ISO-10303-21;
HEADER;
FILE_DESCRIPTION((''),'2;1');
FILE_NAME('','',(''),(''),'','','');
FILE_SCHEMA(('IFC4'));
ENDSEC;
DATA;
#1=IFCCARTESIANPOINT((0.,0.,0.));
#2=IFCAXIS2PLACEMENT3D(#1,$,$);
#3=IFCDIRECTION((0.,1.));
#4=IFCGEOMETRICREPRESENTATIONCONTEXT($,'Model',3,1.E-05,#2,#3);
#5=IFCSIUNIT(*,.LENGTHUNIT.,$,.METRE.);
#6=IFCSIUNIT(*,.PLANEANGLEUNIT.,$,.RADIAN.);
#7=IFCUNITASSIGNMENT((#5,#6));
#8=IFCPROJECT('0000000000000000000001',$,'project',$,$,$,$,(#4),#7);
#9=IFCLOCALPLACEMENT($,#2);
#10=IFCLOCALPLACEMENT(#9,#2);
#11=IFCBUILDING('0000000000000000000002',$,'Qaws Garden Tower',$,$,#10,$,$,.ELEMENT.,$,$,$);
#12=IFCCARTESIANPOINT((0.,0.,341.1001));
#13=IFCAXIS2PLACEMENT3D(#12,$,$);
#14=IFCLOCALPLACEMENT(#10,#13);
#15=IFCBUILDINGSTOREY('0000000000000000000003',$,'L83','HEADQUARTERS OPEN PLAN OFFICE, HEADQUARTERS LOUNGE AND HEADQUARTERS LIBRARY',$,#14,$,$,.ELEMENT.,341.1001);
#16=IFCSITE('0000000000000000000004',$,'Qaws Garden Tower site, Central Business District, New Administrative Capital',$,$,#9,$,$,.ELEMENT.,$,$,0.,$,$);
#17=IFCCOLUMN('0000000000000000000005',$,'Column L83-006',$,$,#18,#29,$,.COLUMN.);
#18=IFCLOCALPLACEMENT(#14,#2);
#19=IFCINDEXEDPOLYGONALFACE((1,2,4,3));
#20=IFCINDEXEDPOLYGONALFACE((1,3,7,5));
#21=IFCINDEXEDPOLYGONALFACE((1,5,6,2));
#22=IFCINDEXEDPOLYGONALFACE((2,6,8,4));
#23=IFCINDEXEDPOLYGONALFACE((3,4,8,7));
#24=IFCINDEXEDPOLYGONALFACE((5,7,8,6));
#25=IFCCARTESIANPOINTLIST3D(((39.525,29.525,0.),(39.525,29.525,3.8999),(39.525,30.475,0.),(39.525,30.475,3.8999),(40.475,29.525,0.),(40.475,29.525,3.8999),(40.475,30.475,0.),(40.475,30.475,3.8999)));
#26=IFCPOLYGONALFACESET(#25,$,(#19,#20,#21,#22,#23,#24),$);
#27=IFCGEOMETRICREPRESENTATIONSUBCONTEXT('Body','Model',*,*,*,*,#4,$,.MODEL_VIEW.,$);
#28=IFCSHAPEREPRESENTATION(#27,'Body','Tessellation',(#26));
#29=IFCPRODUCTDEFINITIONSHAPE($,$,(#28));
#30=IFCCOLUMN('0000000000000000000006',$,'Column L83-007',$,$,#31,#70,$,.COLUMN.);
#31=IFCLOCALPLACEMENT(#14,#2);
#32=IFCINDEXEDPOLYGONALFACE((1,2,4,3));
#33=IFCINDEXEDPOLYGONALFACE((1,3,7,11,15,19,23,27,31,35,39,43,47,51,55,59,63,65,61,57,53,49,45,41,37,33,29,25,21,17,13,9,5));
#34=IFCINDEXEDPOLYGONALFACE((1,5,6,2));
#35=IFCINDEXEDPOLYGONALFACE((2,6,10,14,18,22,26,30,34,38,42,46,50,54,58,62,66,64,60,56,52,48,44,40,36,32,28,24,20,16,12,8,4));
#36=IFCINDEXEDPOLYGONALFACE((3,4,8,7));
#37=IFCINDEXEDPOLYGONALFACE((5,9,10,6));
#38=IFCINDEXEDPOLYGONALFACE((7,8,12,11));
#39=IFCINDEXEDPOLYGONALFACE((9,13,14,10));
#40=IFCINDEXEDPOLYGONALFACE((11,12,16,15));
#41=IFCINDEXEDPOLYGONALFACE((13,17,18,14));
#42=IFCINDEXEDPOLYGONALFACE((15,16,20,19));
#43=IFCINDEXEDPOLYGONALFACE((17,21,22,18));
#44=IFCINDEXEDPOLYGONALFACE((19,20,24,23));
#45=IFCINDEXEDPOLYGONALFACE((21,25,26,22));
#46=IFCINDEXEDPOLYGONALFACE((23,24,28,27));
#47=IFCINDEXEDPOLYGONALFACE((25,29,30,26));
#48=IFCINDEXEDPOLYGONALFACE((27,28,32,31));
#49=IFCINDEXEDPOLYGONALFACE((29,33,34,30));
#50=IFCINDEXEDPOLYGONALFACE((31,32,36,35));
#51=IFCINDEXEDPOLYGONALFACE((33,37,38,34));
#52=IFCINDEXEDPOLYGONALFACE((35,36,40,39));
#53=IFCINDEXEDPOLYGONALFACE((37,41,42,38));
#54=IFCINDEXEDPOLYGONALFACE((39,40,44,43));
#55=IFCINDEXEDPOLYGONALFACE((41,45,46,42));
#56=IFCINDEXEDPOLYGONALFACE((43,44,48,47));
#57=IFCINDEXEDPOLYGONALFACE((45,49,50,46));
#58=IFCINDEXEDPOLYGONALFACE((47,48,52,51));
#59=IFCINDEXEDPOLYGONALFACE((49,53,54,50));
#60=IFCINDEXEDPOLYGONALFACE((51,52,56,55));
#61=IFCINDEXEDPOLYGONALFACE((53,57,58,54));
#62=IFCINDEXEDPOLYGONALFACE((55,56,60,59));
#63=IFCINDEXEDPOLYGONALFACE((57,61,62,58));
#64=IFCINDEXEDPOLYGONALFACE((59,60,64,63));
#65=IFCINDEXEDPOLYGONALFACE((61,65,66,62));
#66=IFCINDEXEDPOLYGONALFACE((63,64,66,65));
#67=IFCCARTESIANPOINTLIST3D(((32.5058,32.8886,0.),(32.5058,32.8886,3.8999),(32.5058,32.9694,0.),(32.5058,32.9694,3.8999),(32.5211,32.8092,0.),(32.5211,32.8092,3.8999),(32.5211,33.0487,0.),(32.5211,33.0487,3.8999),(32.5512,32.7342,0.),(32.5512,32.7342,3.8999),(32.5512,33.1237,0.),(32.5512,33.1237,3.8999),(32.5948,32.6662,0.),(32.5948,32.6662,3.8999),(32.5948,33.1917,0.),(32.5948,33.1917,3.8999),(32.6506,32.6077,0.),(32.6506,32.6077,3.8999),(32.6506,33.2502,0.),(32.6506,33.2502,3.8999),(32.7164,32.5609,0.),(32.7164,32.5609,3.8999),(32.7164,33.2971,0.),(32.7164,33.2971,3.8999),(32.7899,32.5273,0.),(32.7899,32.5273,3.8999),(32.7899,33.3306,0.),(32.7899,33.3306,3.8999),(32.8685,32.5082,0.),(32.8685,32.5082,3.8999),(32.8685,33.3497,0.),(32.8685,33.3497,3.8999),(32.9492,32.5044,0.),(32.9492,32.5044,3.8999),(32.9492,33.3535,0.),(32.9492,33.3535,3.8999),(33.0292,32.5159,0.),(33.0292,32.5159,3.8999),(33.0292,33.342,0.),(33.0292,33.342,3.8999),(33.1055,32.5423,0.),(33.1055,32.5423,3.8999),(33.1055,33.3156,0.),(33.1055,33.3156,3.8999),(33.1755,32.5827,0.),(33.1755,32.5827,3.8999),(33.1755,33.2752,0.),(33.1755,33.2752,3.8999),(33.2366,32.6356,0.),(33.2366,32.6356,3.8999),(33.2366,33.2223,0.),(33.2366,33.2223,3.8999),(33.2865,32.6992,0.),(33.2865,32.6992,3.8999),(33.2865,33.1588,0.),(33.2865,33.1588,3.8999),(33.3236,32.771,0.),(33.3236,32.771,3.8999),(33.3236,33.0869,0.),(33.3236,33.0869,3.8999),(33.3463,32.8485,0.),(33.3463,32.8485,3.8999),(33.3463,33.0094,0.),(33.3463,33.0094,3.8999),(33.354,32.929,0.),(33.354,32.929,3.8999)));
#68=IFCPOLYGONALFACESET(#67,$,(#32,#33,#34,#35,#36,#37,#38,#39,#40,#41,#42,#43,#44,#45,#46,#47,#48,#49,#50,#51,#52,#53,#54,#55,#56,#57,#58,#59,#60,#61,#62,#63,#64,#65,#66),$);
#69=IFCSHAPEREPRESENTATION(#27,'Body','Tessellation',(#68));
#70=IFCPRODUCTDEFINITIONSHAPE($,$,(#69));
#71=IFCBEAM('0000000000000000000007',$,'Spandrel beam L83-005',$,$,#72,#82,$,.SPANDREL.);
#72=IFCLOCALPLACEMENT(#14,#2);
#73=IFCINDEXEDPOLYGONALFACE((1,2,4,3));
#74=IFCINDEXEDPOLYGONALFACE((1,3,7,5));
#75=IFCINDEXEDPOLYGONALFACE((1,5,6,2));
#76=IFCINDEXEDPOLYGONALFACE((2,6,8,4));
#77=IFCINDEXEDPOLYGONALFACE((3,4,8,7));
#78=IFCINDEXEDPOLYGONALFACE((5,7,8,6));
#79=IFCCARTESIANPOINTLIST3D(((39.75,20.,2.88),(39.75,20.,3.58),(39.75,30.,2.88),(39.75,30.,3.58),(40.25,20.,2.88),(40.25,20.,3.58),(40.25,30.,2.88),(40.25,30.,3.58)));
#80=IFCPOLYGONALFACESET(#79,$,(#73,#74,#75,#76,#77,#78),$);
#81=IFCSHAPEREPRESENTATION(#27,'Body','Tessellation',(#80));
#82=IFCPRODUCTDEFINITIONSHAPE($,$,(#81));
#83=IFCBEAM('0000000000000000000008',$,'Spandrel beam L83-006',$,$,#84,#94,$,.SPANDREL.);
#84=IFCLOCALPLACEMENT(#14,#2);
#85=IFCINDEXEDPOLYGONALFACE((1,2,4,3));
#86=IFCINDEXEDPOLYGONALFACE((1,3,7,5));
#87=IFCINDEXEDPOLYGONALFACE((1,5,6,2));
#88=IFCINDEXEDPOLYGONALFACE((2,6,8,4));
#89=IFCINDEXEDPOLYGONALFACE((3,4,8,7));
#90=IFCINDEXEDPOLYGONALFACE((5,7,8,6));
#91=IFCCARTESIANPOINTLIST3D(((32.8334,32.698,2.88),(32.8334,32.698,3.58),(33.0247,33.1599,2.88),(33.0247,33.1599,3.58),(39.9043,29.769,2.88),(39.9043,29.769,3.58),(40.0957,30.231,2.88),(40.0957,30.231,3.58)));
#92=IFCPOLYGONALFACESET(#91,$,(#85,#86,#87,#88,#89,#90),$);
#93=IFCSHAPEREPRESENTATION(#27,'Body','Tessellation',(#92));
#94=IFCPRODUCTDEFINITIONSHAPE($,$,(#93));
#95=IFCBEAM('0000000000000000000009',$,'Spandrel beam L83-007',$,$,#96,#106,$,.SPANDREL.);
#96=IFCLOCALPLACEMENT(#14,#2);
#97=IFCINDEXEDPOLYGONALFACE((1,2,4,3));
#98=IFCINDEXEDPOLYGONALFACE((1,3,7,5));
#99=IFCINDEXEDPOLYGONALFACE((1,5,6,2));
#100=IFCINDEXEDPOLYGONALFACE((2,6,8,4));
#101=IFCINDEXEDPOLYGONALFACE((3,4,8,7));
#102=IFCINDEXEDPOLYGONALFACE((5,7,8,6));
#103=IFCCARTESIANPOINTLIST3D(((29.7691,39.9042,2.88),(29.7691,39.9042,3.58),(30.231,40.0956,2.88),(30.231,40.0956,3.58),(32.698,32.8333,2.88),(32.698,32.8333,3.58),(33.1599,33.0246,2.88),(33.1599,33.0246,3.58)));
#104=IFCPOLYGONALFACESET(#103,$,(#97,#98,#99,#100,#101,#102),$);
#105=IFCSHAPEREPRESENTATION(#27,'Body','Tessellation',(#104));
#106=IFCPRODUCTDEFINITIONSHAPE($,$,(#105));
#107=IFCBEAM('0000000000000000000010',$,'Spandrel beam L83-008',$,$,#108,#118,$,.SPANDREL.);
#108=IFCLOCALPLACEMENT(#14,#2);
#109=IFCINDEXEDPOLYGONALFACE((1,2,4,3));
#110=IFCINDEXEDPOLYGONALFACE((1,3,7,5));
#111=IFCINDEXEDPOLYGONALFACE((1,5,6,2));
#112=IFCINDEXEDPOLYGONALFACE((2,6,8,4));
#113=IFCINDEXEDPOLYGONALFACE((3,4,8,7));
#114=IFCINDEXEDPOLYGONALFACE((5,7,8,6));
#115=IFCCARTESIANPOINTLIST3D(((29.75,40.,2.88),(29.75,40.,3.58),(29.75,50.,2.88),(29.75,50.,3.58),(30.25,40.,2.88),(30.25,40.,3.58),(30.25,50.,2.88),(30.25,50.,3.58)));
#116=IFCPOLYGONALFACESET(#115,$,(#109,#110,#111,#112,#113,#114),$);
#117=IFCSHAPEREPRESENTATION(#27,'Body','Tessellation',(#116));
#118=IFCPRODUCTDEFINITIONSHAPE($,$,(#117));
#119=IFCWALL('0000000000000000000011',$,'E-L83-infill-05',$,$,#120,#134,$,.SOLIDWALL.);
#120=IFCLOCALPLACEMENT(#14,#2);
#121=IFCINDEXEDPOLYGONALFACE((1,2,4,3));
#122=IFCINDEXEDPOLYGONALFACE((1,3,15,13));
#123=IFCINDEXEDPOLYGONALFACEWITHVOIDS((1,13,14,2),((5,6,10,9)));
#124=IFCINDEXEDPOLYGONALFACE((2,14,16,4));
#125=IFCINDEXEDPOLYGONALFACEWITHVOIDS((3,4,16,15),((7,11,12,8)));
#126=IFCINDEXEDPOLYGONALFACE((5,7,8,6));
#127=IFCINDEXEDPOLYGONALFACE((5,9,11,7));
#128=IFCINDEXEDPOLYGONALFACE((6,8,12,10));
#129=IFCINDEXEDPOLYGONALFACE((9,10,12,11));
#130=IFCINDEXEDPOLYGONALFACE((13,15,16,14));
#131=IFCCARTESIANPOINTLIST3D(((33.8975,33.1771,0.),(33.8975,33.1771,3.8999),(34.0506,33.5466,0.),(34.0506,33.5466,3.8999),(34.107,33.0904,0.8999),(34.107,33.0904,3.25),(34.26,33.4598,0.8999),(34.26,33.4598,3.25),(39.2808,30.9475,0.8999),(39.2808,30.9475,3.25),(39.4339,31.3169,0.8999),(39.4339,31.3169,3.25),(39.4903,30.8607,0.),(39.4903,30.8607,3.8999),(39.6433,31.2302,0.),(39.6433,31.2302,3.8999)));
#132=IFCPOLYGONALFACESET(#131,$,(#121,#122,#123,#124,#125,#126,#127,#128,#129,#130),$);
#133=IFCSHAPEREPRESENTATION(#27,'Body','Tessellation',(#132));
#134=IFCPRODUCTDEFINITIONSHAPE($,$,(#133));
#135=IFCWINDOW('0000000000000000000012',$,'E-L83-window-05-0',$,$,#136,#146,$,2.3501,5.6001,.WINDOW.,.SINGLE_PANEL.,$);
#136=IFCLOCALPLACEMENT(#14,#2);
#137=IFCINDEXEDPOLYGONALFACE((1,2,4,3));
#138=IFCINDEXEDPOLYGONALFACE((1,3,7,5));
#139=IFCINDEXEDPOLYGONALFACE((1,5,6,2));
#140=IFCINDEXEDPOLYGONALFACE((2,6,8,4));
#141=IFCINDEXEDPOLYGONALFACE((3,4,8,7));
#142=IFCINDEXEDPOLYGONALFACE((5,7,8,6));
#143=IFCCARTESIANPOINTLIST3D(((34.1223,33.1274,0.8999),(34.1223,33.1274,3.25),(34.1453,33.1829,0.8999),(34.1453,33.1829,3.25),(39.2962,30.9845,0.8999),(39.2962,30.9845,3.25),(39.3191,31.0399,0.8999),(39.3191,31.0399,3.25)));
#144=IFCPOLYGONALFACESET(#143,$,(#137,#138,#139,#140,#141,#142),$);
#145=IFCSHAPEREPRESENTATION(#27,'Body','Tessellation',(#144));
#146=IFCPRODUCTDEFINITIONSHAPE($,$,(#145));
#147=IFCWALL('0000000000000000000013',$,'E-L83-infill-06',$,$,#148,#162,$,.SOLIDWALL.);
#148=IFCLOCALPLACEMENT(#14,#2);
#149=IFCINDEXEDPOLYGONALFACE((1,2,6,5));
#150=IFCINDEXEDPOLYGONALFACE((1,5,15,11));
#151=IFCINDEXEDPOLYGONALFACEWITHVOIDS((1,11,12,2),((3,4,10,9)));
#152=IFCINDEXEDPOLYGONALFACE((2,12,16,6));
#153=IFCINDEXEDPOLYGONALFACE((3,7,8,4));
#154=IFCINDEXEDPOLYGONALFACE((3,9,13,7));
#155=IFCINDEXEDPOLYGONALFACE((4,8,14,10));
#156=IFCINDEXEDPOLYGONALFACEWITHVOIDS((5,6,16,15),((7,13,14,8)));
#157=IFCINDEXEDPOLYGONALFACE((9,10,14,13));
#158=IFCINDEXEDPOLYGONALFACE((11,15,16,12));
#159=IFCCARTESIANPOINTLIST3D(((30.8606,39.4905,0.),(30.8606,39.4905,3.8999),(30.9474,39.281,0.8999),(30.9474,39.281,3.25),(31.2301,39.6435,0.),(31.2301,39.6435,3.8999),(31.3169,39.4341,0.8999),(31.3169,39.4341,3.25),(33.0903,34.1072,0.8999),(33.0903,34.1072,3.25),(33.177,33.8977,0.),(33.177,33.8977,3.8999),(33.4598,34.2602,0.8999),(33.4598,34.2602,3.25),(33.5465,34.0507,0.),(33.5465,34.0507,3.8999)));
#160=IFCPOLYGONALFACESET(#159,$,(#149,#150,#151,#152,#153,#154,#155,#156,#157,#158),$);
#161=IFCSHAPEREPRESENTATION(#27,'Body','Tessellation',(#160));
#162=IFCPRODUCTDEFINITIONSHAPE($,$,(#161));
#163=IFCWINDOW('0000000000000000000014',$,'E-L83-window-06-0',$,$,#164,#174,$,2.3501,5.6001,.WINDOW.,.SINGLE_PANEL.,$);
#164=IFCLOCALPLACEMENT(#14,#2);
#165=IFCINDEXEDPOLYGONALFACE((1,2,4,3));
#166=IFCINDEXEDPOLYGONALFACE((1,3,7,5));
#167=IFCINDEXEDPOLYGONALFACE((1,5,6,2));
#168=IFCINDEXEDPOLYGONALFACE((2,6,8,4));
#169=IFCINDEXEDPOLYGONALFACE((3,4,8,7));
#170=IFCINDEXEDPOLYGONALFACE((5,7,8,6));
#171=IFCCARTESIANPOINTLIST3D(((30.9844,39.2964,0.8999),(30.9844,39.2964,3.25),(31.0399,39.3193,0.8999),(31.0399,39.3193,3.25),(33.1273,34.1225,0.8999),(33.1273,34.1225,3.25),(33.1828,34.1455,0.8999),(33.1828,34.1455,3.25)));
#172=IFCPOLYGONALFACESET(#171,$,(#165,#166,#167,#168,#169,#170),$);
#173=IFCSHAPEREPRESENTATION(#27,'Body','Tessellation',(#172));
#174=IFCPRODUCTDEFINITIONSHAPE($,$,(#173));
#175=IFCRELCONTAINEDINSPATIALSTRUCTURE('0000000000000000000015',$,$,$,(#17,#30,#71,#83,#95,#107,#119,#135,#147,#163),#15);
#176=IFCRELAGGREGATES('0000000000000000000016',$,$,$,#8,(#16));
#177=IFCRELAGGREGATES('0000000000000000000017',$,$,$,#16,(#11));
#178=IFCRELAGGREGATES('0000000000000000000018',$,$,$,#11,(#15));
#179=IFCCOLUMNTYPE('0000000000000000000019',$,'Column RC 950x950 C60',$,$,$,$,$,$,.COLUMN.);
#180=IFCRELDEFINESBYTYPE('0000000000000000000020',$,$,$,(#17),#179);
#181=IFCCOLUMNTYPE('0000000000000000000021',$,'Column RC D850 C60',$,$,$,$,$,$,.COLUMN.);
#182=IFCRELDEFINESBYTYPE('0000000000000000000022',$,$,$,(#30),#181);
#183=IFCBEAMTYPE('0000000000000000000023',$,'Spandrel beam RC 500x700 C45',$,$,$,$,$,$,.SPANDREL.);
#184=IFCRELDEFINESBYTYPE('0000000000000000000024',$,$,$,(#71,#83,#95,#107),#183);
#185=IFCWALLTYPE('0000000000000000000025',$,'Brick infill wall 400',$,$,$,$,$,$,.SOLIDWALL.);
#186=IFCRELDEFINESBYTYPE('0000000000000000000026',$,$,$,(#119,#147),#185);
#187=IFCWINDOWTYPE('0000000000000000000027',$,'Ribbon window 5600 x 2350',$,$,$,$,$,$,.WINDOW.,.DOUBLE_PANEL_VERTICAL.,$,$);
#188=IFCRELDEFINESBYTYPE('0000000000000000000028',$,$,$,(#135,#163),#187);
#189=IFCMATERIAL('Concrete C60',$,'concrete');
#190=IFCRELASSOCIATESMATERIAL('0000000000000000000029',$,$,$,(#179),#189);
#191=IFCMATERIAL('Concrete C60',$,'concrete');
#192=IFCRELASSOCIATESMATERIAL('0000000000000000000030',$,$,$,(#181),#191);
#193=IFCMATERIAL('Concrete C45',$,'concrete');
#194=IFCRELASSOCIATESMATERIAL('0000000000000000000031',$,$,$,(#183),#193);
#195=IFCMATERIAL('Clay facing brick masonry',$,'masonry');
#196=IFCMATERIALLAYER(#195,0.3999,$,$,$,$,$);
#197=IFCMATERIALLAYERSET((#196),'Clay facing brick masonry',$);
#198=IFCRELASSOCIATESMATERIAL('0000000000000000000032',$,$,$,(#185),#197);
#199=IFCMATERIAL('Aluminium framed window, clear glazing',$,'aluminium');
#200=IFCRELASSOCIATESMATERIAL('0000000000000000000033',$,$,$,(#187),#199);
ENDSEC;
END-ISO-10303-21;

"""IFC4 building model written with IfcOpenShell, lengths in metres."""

from ifc_helpers import new_model, si_unit, direction, frame, frame_2d, origin, origin_2d, place, context, subcontext, project, spatial, rectangle, circle, extrude, material, layer, layer_set, material_profile, profile_set, type_object, element, fill, save


model = new_model("IFC4")

# Units and contexts
model_context = context("Model", 3, precision=1e-05, world=origin(), true_north=direction((0.0, 1.0)))
body_context = subcontext(model_context, "Body", "Model", "MODEL_VIEW")
ifc_project = project(units=[si_unit("LENGTHUNIT", "METRE"), si_unit("PLANEANGLEUNIT", "RADIAN")], contexts=[model_context])

# Site, building, storey
site_placement = place(None, origin())
site = spatial("IfcSite", under=ifc_project, at=site_placement, Name="Qaws Garden Tower site, Central Business District, New Administrative Capital", CompositionType="ELEMENT", RefElevation=0.0)
building_placement = place(site_placement, origin())
building = spatial("IfcBuilding", under=site, at=building_placement, Name="Qaws Garden Tower", CompositionType="ELEMENT")
storey_placement = place(building_placement, frame((0.0, 0.0, 341.1001)))
storey = spatial("IfcBuildingStorey", under=building, at=storey_placement, Name="L83", Description="HEADQUARTERS OPEN PLAN OFFICE, HEADQUARTERS LOUNGE AND HEADQUARTERS LIBRARY", CompositionType="ELEMENT", Elevation=341.1001)

# Columns
ifc_material_1 = material(Name="Concrete C60", Category="concrete")
ifc_material_profile_1 = material_profile(ifc_material_1, rectangle(XDim=0.95, YDim=0.95, at=origin_2d()), Name="RC 950x950")
ifc_profile_set_1 = profile_set([ifc_material_profile_1], Name="Concrete C60")
column_type_1 = type_object("IfcColumnType", Name="Column RC 950x950 C60", PredefinedType="COLUMN", material=ifc_profile_set_1)
column_1_placement = place(storey_placement, frame((40.0, 30.0, 0.0), z_axis=(0.0, 0.0, 1.0), x_axis=(1.0, 0.0, 0.0)))
element("IfcColumn", 1, at=column_1_placement, inside=storey, type_object=column_type_1, Name="Column L83-006", PredefinedType="COLUMN", context=body_context, shape_type="SweptSolid", body=[
    extrude(rectangle(XDim=0.95, YDim=0.95, at=origin_2d()), origin(), (0.0, 0.0, 1.0), 3.8999),
])
ifc_material_2 = material(Name="Concrete C60", Category="concrete")
ifc_material_profile_2 = material_profile(ifc_material_2, circle(Radius=0.425, at=origin_2d()), Name="RC D850")
ifc_profile_set_2 = profile_set([ifc_material_profile_2], Name="Concrete C60")
column_type_2 = type_object("IfcColumnType", Name="Column RC D850 C60", PredefinedType="COLUMN", material=ifc_profile_set_2)
column_2_placement = place(storey_placement, frame((32.929, 32.929, 0.0), z_axis=(0.0, 0.0, 1.0), x_axis=(1.0, 0.0, 0.0)))
element("IfcColumn", 2, at=column_2_placement, inside=storey, type_object=column_type_2, Name="Column L83-007", PredefinedType="COLUMN", context=body_context, shape_type="SweptSolid", body=[
    extrude(circle(Radius=0.425, at=origin_2d()), origin(), (0.0, 0.0, 1.0), 3.8999),
])

# Beams
ifc_material_3 = material(Name="Concrete C45", Category="concrete")
ifc_material_profile_3 = material_profile(ifc_material_3, rectangle(XDim=0.5, YDim=0.7, at=origin_2d()), Name="RC 500x700")
ifc_profile_set_3 = profile_set([ifc_material_profile_3], Name="Concrete C45")
beam_type = type_object("IfcBeamType", Name="Spandrel beam RC 500x700 C45", PredefinedType="SPANDREL", material=ifc_profile_set_3)
beam_1_placement = place(storey_placement, frame((40.0, 20.0, 3.23), z_axis=(0.0, 1.0, 0.0), x_axis=(-1.0, 0.0, 0.0)))
element("IfcBeam", 3, at=beam_1_placement, inside=storey, type_object=beam_type, Name="Spandrel beam L83-005", PredefinedType="SPANDREL", context=body_context, shape_type="SweptSolid", body=[
    extrude(rectangle(XDim=0.5, YDim=0.7, at=origin_2d()), origin(), (0.0, 0.0, 1.0), 10.0),
])
for number, where, z_axis, x_axis, name in (
    (4, (40.0, 30.0, 3.23), (-0.923878, 0.382687, 0.0), (-0.382687, -0.923878, 0.0), "Spandrel beam L83-006"),
    (5, (32.929, 32.929, 3.23), (-0.382687, 0.923878, 0.0), (-0.923878, -0.382687, 0.0), "Spandrel beam L83-007"),
):
    element("IfcBeam", number, at=place(storey_placement, frame(where, z_axis=z_axis, x_axis=x_axis)), inside=storey, type_object=beam_type, Name=name, PredefinedType="SPANDREL", context=body_context, shape_type="SweptSolid", body=[
        extrude(rectangle(XDim=0.5, YDim=0.7, at=origin_2d()), origin(), (0.0, 0.0, 1.0), 7.6536),
    ])
beam_2_placement = place(storey_placement, frame((30.0, 40.0, 3.23), z_axis=(0.0, 1.0, 0.0), x_axis=(-1.0, 0.0, 0.0)))
element("IfcBeam", 6, at=beam_2_placement, inside=storey, type_object=beam_type, Name="Spandrel beam L83-008", PredefinedType="SPANDREL", context=body_context, shape_type="SweptSolid", body=[
    extrude(rectangle(XDim=0.5, YDim=0.7, at=origin_2d()), origin(), (0.0, 0.0, 1.0), 10.0),
])

# Walls, openings, windows
ifc_material_4 = material(Name="Clay facing brick masonry", Category="masonry")
ifc_layer_1 = layer(ifc_material_4, 0.3999)
ifc_layer_set_1 = layer_set([ifc_layer_1], Name="Clay facing brick masonry")
wall_type_1 = type_object("IfcWallType", Name="Brick infill wall 400", PredefinedType="SOLIDWALL", material=ifc_layer_set_1)
wall_1_placement = place(storey_placement, frame((39.5669, 31.0454, 0.0), z_axis=(0.0, 0.0, 1.0), x_axis=(-0.923891, 0.382656, 0.0)))
wall_1 = element("IfcWall", 7, at=wall_1_placement, inside=storey, type_object=wall_type_1, Name="E-L83-infill-05", PredefinedType="SOLIDWALL", context=body_context, shape_type="SweptSolid", body=[
    extrude(rectangle(XDim=6.0535, YDim=0.3999, at=frame_2d((3.0269, 0.0))), origin(), (0.0, 0.0, 1.0), 3.8999),
])
opening_1_placement = place(wall_1_placement, frame((0.2268, 0.0, 0.8999)))
opening_1 = element("IfcOpeningElement", 8, at=opening_1_placement, cuts=wall_1, PredefinedType="OPENING", context=body_context, shape_type="SweptSolid", body=[
    extrude(rectangle(XDim=5.6001, YDim=2.3501, at=frame_2d((2.8, 1.175))), frame((0.0, 0.21, 0.0), z_axis=(0.0, -1.0, 0.0), x_axis=(1.0, 0.0, 0.0)), (0.0, 0.0, 1.0), 0.4199),
])
ifc_material_5 = material(Name="Aluminium framed window, clear glazing", Category="aluminium")
window_type_1 = type_object("IfcWindowType", Name="Ribbon window 5600 x 2350", PartitioningType="DOUBLE_PANEL_VERTICAL", PredefinedType="WINDOW", material=ifc_material_5)
window_1_placement = place(opening_1_placement, origin())
window_1 = element("IfcWindow", 9, at=window_1_placement, inside=storey, type_object=window_type_1, Name="E-L83-window-05-0", OverallHeight=2.3501, OverallWidth=5.6001, PartitioningType="SINGLE_PANEL", PredefinedType="WINDOW", context=body_context, shape_type="SweptSolid", body=[
    extrude(rectangle(XDim=5.6001, YDim=2.3501, at=frame_2d((2.8, 1.175))), frame((0.0, 0.1599, 0.0), z_axis=(0.0, -1.0, 0.0), x_axis=(1.0, 0.0, 0.0)), (0.0, 0.0, 1.0), 0.0601),
])
fill(opening_1, window_1)
wall_2_placement = place(storey_placement, frame((33.3618, 33.9741, 0.0), z_axis=(0.0, 0.0, 1.0), x_axis=(-0.382656, 0.923891, 0.0)))
wall_2 = element("IfcWall", 10, at=wall_2_placement, inside=storey, type_object=wall_type_1, Name="E-L83-infill-06", PredefinedType="SOLIDWALL", context=body_context, shape_type="SweptSolid", body=[
    extrude(rectangle(XDim=6.0535, YDim=0.3999, at=frame_2d((3.0269, 0.0))), origin(), (0.0, 0.0, 1.0), 3.8999),
])
opening_2_placement = place(wall_2_placement, frame((0.2268, 0.0, 0.8999)))
opening_2 = element("IfcOpeningElement", 11, at=opening_2_placement, cuts=wall_2, PredefinedType="OPENING", context=body_context, shape_type="SweptSolid", body=[
    extrude(rectangle(XDim=5.6001, YDim=2.3501, at=frame_2d((2.8, 1.175))), frame((0.0, 0.21, 0.0), z_axis=(0.0, -1.0, 0.0), x_axis=(1.0, 0.0, 0.0)), (0.0, 0.0, 1.0), 0.4199),
])
window_2_placement = place(opening_2_placement, origin())
window_2 = element("IfcWindow", 12, at=window_2_placement, inside=storey, type_object=window_type_1, Name="E-L83-window-06-0", OverallHeight=2.3501, OverallWidth=5.6001, PartitioningType="SINGLE_PANEL", PredefinedType="WINDOW", context=body_context, shape_type="SweptSolid", body=[
    extrude(rectangle(XDim=5.6001, YDim=2.3501, at=frame_2d((2.8, 1.175))), frame((0.0, 0.1599, 0.0), z_axis=(0.0, -1.0, 0.0), x_axis=(1.0, 0.0, 0.0)), (0.0, 0.0, 1.0), 0.0601),
])
fill(opening_2, window_2)

save(model, "model.ifc")
